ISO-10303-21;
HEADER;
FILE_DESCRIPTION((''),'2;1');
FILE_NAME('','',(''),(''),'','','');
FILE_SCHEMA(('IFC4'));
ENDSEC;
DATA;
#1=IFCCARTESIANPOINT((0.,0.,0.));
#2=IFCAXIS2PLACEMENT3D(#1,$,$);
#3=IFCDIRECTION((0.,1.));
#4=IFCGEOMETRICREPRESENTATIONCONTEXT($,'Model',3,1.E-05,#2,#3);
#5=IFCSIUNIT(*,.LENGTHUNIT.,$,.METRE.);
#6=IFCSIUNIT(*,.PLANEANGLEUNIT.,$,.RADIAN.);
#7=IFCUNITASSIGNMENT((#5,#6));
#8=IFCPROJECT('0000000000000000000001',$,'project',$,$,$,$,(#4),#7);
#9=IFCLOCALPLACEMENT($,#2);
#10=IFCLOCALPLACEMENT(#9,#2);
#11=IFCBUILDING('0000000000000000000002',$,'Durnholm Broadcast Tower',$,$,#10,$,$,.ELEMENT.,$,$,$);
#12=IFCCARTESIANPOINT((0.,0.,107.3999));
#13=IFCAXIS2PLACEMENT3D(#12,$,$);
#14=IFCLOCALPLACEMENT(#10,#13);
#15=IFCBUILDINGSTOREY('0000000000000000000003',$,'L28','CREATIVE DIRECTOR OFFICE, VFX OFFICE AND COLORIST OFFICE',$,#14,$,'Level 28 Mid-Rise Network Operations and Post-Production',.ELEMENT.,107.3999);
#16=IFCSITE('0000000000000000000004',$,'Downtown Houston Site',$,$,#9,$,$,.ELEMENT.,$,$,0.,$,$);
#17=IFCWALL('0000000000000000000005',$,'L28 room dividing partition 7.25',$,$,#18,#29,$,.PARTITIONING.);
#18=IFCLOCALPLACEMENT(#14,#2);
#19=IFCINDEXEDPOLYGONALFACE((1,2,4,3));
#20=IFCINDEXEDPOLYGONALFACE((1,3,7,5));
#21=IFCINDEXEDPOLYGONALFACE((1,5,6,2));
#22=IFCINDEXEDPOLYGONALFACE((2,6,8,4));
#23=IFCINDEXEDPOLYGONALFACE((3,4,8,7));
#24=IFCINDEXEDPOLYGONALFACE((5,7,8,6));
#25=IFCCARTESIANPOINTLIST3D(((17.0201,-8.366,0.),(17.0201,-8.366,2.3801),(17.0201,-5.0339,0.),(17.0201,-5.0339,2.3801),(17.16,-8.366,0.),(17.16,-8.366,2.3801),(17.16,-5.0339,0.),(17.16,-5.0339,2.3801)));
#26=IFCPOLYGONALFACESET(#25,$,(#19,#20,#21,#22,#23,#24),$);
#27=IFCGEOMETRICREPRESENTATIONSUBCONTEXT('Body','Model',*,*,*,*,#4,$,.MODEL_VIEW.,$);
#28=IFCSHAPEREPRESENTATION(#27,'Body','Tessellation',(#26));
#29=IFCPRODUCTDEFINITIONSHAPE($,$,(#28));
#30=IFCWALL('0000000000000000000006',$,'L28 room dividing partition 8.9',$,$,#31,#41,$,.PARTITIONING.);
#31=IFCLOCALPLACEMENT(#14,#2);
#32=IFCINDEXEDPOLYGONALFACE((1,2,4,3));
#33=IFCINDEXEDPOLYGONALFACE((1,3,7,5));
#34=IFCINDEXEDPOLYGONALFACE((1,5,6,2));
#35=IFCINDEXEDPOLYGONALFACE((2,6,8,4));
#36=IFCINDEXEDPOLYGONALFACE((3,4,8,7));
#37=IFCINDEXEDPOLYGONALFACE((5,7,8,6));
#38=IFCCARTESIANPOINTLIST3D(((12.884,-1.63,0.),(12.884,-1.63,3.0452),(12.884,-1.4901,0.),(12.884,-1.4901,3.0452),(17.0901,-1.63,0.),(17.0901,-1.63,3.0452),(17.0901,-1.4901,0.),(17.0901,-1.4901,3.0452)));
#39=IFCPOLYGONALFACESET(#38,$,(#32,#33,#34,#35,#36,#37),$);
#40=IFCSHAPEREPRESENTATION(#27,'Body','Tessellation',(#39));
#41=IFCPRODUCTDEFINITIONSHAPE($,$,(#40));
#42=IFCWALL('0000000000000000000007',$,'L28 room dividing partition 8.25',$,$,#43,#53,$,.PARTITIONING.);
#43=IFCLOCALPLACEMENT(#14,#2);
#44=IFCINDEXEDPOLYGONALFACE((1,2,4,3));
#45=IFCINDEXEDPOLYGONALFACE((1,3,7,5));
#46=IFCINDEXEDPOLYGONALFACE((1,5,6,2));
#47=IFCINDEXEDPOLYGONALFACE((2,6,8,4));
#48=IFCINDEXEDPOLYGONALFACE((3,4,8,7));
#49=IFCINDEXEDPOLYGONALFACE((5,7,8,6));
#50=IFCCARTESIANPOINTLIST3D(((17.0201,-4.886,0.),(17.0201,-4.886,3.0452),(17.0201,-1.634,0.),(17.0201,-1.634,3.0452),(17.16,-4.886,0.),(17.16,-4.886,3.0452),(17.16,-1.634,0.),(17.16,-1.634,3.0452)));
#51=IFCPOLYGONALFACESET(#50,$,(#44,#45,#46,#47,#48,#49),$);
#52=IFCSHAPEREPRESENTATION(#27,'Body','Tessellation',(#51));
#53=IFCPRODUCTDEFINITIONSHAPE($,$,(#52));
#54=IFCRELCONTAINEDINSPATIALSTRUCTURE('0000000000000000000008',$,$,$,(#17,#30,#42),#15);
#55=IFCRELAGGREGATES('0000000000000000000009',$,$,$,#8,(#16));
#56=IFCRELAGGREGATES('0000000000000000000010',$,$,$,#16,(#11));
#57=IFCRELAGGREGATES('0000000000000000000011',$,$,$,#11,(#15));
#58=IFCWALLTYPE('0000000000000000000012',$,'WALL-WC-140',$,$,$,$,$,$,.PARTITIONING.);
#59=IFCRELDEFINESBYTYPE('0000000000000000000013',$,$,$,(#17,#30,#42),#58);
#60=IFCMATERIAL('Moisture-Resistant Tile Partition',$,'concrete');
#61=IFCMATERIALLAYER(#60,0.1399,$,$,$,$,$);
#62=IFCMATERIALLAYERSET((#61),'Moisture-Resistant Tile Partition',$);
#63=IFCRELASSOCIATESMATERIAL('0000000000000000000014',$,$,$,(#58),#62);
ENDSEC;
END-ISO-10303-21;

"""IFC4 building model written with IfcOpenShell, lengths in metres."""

from ifc_helpers import new_model, si_unit, direction, frame, frame_2d, origin, place, context, subcontext, project, spatial, rectangle, extrude, material, layer, layer_set, type_object, element, save


model = new_model("IFC4")

# Units and contexts
model_context = context("Model", 3, precision=1e-05, world=origin(), true_north=direction((0.0, 1.0)))
body_context = subcontext(model_context, "Body", "Model", "MODEL_VIEW")
ifc_project = project(units=[si_unit("LENGTHUNIT", "METRE"), si_unit("PLANEANGLEUNIT", "RADIAN")], contexts=[model_context])

# Site, building, storey
site_placement = place(None, origin())
site = spatial("IfcSite", under=ifc_project, at=site_placement, Name="Downtown Houston Site", CompositionType="ELEMENT", RefElevation=0.0)
building_placement = place(site_placement, origin())
building = spatial("IfcBuilding", under=site, at=building_placement, Name="Durnholm Broadcast Tower", CompositionType="ELEMENT")
storey_placement = place(building_placement, frame((0.0, 0.0, 107.3999)))
storey = spatial("IfcBuildingStorey", under=building, at=storey_placement, Name="L28", Description="CREATIVE DIRECTOR OFFICE, VFX OFFICE AND COLORIST OFFICE", LongName="Level 28 Mid-Rise Network Operations and Post-Production", CompositionType="ELEMENT", Elevation=107.3999)

# Shared definitions
ifc_material_1 = material(Name="Moisture-Resistant Tile Partition", Category="concrete")
ifc_layer_1 = layer(ifc_material_1, 0.1399)
ifc_layer_set_1 = layer_set([ifc_layer_1], Name="Moisture-Resistant Tile Partition")
wall_type_1 = type_object("IfcWallType", Name="WALL-WC-140", PredefinedType="PARTITIONING", material=ifc_layer_set_1)

# Walls
wall_1_placement = place(storey_placement, frame((17.0901, -5.0339, 0.0), z_axis=(0.0, 0.0, 1.0), x_axis=(0.0, -1.0, 0.0)))
element("IfcWall", 1, at=wall_1_placement, inside=storey, type_object=wall_type_1, Name="L28 room dividing partition 7.25", PredefinedType="PARTITIONING", context=body_context, shape_type="SweptSolid", body=[
    extrude(rectangle(XDim=3.332, YDim=0.1399, at=frame_2d((1.666, 0.0))), origin(), (0.0, 0.0, 1.0), 2.3801),
])
wall_2_placement = place(storey_placement, frame((12.884, -1.5601, 0.0), z_axis=(0.0, 0.0, 1.0), x_axis=(1.0, 0.0, 0.0)))
element("IfcWall", 2, at=wall_2_placement, inside=storey, type_object=wall_type_1, Name="L28 room dividing partition 8.9", PredefinedType="PARTITIONING", context=body_context, shape_type="SweptSolid", body=[
    extrude(rectangle(XDim=4.2061, YDim=0.1399, at=frame_2d((2.103, 0.0))), origin(), (0.0, 0.0, 1.0), 3.0452),
])
wall_3_placement = place(storey_placement, frame((17.0901, -1.634, 0.0), z_axis=(0.0, 0.0, 1.0), x_axis=(0.0, -1.0, 0.0)))
element("IfcWall", 3, at=wall_3_placement, inside=storey, type_object=wall_type_1, Name="L28 room dividing partition 8.25", PredefinedType="PARTITIONING", context=body_context, shape_type="SweptSolid", body=[
    extrude(rectangle(XDim=3.252, YDim=0.1399, at=frame_2d((1.626, 0.0))), origin(), (0.0, 0.0, 1.0), 3.0452),
])

save(model, "model.ifc")
